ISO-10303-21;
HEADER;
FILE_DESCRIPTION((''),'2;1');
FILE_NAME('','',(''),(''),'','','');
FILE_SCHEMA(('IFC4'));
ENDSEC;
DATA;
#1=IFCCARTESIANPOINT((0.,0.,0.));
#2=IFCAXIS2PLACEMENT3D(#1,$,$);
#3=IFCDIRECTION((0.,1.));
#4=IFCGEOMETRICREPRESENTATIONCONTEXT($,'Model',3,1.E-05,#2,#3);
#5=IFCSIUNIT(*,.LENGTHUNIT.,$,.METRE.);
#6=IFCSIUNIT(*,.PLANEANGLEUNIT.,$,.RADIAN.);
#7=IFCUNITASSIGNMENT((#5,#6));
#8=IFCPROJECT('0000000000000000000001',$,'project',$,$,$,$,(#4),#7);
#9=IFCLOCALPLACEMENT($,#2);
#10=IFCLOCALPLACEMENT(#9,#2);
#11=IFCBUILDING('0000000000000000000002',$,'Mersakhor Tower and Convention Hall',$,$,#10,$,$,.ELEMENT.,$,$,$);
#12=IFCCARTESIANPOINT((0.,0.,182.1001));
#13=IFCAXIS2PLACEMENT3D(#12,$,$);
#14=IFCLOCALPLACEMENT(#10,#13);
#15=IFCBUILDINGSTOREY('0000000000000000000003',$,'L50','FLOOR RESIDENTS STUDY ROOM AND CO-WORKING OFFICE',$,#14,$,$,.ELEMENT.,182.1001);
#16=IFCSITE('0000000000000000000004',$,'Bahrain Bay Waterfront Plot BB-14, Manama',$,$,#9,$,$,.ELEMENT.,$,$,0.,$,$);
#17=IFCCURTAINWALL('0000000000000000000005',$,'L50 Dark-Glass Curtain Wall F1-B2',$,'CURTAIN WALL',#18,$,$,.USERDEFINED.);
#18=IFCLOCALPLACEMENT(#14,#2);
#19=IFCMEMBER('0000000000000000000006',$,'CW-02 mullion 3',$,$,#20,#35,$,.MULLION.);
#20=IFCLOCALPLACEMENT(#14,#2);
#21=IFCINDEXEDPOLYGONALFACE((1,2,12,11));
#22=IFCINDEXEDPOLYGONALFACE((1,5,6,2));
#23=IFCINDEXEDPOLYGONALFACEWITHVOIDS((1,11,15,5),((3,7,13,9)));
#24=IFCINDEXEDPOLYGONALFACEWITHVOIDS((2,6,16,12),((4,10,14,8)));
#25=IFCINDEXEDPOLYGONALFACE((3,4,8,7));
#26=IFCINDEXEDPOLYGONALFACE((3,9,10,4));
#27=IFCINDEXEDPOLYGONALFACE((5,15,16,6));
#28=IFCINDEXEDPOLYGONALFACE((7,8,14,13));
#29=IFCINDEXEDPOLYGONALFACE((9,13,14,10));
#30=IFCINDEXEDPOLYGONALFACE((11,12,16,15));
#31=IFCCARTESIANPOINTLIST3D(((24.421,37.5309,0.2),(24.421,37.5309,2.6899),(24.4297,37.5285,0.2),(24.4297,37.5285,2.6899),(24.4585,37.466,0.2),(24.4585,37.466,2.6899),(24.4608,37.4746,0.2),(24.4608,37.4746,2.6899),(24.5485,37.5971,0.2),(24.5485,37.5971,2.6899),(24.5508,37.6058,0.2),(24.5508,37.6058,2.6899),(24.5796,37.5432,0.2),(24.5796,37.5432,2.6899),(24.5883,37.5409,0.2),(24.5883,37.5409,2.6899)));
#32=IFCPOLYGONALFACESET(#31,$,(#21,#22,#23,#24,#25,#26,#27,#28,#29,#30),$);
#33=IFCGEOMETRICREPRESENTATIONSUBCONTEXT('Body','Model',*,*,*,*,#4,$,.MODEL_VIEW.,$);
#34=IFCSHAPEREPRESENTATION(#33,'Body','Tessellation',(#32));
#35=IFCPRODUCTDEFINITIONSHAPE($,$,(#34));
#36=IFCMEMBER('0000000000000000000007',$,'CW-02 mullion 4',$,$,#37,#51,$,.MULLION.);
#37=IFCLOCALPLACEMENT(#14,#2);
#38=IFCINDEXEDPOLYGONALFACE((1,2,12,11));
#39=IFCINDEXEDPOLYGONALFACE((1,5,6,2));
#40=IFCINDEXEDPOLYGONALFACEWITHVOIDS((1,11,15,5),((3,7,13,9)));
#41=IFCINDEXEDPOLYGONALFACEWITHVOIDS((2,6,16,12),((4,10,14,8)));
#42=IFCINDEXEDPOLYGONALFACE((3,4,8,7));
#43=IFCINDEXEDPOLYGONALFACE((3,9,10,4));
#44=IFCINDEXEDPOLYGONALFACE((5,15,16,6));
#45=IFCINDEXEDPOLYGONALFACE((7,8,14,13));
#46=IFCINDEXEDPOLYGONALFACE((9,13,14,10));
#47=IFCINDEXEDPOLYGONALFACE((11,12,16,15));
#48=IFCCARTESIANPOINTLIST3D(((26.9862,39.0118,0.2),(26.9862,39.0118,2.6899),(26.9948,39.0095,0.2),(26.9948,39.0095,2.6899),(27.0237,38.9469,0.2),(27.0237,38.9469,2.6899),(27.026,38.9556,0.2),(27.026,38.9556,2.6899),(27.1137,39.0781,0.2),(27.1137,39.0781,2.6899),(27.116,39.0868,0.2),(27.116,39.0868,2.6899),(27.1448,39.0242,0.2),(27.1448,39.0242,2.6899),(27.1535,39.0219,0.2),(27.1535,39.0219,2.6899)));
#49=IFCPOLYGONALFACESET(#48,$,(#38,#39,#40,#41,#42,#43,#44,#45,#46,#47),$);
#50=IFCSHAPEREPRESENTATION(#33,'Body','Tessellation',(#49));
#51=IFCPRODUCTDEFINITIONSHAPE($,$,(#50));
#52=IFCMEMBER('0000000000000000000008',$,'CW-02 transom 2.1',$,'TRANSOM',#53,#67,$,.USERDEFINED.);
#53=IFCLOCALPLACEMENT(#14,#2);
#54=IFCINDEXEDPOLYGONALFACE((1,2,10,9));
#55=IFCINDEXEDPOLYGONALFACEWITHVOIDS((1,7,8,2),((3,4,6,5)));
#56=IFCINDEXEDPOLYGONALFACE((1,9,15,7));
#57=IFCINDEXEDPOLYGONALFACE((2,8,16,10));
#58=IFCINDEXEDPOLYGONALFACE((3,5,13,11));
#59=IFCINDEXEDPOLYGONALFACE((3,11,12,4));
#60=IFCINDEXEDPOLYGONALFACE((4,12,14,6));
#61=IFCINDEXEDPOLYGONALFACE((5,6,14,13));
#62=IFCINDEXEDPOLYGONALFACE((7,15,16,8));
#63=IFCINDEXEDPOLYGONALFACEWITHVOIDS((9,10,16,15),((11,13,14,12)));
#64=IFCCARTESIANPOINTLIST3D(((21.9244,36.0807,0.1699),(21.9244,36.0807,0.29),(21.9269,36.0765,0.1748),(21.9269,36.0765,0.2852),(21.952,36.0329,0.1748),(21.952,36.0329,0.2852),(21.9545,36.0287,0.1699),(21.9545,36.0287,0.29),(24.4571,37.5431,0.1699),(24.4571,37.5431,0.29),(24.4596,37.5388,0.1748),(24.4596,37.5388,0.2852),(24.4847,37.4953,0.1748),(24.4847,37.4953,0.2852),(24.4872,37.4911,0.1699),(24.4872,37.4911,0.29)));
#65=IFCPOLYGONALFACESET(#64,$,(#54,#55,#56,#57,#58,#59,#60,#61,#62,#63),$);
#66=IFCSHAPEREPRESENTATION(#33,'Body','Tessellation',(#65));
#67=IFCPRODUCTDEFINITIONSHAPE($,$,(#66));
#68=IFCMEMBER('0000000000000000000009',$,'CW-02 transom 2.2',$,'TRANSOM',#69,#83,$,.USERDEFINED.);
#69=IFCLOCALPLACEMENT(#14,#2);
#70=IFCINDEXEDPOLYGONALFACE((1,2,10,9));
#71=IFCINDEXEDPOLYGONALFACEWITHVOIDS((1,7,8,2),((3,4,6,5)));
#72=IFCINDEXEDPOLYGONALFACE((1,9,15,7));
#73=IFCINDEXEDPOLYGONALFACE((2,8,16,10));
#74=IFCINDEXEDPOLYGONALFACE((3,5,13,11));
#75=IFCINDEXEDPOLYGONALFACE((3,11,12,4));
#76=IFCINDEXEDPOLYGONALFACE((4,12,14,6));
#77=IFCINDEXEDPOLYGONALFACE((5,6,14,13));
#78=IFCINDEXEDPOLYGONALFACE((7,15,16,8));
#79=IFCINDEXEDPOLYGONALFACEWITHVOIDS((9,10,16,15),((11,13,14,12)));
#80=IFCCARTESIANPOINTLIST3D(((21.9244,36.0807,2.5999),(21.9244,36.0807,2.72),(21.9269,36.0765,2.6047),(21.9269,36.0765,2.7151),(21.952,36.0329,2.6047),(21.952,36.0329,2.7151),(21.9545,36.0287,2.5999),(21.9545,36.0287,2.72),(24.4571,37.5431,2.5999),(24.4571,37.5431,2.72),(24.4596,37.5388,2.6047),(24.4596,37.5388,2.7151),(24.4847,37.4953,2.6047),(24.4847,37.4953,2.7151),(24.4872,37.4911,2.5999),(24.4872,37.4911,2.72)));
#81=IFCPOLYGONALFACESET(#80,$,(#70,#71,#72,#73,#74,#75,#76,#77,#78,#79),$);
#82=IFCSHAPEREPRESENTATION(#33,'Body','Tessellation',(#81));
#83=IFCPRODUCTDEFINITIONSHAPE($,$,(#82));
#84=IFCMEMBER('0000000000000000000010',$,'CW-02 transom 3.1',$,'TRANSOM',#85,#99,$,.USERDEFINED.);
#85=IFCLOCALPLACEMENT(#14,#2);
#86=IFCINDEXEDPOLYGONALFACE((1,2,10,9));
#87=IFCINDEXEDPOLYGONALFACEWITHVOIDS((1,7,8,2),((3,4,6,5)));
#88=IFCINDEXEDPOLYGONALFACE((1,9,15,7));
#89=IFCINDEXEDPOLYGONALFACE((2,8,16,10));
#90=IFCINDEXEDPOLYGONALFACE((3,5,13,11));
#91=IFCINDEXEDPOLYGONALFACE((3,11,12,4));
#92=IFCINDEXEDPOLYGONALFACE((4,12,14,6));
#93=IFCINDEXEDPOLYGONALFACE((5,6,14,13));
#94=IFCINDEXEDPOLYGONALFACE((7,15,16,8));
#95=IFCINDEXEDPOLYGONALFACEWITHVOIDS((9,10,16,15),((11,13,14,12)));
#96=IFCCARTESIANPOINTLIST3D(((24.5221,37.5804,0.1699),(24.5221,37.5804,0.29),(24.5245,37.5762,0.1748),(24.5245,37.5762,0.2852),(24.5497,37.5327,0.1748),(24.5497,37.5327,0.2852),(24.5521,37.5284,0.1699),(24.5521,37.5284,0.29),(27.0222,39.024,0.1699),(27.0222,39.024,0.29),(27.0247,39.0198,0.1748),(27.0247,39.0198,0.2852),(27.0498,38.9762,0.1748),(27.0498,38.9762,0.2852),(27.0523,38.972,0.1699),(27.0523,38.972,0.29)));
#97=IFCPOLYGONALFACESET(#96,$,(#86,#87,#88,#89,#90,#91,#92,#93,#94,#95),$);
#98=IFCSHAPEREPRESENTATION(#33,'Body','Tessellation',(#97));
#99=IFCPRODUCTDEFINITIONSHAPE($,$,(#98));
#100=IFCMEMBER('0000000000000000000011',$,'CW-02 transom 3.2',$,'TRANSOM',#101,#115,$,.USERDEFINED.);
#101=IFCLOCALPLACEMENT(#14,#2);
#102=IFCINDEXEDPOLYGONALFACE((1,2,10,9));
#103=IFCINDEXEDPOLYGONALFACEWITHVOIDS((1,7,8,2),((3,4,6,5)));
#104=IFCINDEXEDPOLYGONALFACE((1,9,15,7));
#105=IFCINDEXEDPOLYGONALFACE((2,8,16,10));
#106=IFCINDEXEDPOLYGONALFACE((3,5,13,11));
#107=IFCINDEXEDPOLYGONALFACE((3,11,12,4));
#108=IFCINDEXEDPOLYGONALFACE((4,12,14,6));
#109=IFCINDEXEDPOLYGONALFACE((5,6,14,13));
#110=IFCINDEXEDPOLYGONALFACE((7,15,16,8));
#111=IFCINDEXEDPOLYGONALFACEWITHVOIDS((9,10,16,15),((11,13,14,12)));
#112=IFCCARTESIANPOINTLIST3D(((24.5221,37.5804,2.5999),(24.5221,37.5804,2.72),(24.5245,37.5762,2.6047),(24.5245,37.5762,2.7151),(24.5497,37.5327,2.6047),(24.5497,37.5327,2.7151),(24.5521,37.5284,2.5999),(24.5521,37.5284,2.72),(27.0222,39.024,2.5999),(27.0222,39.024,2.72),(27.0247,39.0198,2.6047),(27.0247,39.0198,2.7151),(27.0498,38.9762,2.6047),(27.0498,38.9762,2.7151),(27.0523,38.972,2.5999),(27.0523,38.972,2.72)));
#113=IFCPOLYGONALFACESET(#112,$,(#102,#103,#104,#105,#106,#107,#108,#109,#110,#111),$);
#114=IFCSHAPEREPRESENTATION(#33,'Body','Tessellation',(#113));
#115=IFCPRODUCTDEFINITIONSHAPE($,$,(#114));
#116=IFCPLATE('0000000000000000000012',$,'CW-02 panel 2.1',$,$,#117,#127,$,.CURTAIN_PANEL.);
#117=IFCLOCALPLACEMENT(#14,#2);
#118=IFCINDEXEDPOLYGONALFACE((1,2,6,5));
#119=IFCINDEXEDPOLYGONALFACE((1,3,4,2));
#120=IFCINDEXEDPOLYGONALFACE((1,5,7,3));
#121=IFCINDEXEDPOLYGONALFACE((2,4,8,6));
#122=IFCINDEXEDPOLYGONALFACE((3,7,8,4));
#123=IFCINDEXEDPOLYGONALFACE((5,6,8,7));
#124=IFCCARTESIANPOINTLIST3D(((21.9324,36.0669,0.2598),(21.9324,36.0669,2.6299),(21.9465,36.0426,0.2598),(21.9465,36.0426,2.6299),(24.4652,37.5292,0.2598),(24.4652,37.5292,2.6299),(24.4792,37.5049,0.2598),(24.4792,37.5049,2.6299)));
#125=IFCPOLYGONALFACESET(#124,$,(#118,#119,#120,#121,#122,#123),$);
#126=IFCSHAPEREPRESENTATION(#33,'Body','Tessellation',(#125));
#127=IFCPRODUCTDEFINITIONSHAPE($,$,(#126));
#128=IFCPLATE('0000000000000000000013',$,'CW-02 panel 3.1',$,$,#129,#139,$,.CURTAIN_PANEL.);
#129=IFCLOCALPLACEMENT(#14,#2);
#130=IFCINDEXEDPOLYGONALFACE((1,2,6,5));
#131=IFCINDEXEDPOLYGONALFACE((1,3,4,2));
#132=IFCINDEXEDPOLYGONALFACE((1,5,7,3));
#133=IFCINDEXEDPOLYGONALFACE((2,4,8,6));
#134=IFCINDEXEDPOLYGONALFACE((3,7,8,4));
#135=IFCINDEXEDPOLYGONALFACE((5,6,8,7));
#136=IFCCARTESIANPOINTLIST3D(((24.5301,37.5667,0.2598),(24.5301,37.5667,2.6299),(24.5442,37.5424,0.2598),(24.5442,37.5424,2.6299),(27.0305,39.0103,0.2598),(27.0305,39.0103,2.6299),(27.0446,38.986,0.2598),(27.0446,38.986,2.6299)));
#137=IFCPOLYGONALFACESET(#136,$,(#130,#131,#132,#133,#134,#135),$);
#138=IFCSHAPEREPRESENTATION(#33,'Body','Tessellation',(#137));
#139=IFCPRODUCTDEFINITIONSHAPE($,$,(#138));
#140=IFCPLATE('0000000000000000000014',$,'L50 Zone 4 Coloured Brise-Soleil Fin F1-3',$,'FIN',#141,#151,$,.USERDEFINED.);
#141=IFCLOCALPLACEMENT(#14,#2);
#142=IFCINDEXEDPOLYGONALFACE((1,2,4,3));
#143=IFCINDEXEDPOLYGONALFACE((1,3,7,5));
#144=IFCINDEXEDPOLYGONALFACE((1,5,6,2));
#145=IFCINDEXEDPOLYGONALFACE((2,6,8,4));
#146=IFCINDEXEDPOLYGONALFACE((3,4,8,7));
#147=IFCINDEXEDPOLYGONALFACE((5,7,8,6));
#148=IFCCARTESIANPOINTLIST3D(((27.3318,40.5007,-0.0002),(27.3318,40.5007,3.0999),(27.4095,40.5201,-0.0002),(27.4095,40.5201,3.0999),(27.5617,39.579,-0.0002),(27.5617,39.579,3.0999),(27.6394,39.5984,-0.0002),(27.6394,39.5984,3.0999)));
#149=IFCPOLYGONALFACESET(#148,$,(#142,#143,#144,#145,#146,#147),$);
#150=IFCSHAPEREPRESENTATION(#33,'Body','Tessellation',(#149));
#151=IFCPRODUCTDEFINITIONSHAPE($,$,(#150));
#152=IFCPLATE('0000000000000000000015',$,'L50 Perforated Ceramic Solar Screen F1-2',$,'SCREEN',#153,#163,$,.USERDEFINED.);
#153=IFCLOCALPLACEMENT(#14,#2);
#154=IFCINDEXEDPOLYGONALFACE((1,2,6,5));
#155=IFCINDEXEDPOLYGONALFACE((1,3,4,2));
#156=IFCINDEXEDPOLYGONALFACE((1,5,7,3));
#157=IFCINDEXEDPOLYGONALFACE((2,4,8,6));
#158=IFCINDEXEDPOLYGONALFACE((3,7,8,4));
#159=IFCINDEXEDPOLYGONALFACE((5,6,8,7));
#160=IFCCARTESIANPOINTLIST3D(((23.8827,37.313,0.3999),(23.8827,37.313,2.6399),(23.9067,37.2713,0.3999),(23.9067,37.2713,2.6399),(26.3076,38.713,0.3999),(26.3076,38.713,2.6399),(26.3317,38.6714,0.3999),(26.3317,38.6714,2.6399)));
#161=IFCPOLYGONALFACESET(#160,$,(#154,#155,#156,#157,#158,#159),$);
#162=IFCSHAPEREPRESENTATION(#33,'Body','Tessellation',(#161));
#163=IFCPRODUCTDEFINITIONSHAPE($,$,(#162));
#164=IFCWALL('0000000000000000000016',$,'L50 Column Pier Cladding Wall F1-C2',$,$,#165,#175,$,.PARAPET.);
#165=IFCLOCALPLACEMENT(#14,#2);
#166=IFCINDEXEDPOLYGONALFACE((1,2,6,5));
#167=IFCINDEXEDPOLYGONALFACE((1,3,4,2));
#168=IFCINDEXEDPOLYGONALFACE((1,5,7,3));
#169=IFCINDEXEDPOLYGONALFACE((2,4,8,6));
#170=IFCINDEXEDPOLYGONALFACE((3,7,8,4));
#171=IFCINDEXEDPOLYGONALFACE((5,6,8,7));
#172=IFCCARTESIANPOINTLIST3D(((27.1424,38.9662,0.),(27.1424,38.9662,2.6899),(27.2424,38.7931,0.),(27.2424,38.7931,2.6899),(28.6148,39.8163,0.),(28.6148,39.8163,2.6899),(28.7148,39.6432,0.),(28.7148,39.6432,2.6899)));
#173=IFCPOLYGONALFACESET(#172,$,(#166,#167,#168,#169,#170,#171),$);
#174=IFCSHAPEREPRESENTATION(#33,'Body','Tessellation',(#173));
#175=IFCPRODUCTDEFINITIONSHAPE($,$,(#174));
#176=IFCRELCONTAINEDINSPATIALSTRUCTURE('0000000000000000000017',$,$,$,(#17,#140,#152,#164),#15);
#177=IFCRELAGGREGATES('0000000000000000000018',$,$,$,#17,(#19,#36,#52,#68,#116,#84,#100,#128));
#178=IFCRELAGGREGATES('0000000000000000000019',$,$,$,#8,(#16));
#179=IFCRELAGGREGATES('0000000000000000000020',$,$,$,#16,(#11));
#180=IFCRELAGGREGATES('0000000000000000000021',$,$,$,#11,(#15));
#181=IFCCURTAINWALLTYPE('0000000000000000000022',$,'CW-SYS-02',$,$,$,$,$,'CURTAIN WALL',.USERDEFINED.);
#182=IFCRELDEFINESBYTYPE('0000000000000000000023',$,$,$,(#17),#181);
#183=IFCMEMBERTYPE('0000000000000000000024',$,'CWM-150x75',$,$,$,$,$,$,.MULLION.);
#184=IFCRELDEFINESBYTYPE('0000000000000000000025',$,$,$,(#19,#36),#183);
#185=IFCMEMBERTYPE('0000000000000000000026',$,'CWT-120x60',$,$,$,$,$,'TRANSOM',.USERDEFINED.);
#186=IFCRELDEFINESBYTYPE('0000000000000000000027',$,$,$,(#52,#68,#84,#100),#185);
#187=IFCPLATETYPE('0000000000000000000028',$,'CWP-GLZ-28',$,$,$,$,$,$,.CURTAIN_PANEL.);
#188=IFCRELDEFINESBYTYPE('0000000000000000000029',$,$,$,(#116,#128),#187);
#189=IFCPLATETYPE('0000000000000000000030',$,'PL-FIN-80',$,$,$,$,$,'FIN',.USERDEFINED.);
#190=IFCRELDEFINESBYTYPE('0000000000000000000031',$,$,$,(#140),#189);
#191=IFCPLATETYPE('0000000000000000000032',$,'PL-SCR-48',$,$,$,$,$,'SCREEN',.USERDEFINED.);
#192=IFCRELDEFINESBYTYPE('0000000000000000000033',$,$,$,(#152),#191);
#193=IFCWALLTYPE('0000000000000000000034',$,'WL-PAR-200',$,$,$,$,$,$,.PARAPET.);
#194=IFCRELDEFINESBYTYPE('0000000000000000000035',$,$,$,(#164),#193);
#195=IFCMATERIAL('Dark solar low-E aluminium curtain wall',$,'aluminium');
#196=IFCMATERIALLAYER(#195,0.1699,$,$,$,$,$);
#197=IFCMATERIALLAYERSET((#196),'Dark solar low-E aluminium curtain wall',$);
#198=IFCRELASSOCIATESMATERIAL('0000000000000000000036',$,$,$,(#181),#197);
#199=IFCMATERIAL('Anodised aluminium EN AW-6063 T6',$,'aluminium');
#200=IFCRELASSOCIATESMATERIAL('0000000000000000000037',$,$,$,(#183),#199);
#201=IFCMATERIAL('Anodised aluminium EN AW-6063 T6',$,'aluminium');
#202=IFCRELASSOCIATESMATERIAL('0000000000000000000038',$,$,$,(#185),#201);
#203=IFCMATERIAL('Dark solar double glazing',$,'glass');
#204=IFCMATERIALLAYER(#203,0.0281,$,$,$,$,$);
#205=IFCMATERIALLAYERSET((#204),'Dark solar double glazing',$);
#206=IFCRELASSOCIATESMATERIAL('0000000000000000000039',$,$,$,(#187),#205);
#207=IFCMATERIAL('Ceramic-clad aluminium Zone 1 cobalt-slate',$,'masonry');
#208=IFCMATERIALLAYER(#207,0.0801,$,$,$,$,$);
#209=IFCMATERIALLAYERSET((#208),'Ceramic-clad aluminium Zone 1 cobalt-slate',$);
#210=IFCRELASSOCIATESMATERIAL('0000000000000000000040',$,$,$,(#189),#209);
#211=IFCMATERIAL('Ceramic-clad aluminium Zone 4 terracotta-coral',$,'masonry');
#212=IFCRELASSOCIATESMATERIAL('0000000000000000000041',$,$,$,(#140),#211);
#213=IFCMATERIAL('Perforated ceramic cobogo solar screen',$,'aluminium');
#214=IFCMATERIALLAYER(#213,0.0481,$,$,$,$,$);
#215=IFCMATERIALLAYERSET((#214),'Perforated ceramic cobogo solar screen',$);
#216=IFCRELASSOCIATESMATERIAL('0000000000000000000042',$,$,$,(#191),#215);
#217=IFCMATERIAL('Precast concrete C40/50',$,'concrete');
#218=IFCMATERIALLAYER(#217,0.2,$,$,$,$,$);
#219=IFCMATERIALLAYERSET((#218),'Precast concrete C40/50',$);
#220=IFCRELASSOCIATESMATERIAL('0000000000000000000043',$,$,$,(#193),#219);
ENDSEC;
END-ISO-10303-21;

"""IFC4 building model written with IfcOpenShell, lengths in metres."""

from ifc_helpers import new_model, si_unit, direction, frame, frame_2d, origin, origin_2d, place, context, subcontext, project, spatial, rectangle, hollow_rectangle, extrude, material, layer, layer_set, material_profile, profile_set, type_object, element, aggregate, save


model = new_model("IFC4")

# Units and contexts
model_context = context("Model", 3, precision=1e-05, world=origin(), true_north=direction((0.0, 1.0)))
body_context = subcontext(model_context, "Body", "Model", "MODEL_VIEW")
ifc_project = project(units=[si_unit("LENGTHUNIT", "METRE"), si_unit("PLANEANGLEUNIT", "RADIAN")], contexts=[model_context])

# Site, building, storey
site_placement = place(None, origin())
site = spatial("IfcSite", under=ifc_project, at=site_placement, Name="Bahrain Bay Waterfront Plot BB-14, Manama", CompositionType="ELEMENT", RefElevation=0.0)
building_placement = place(site_placement, origin())
building = spatial("IfcBuilding", under=site, at=building_placement, Name="Mersakhor Tower and Convention Hall", CompositionType="ELEMENT")
storey_placement = place(building_placement, frame((0.0, 0.0, 182.1001)))
storey = spatial("IfcBuildingStorey", under=building, at=storey_placement, Name="L50", Description="FLOOR RESIDENTS STUDY ROOM AND CO-WORKING OFFICE", CompositionType="ELEMENT", Elevation=182.1001)

# Curtain wall, members, plates
ifc_material_1 = material(Name="Dark solar low-E aluminium curtain wall", Category="aluminium")
ifc_layer_1 = layer(ifc_material_1, 0.1699)
ifc_layer_set_1 = layer_set([ifc_layer_1], Name="Dark solar low-E aluminium curtain wall")
curtain_wall_type = type_object("IfcCurtainWallType", Name="CW-SYS-02", ElementType="CURTAIN WALL", PredefinedType="USERDEFINED", material=ifc_layer_set_1)
curtain_wall_placement = place(storey_placement, origin())
curtain_wall = element("IfcCurtainWall", 1, at=curtain_wall_placement, inside=storey, type_object=curtain_wall_type, Name="L50 Dark-Glass Curtain Wall F1-B2", ObjectType="CURTAIN WALL", PredefinedType="USERDEFINED")
ifc_material_2 = material(Name="Anodised aluminium EN AW-6063 T6", Category="aluminium")
ifc_material_profile_1 = material_profile(ifc_material_2, hollow_rectangle(XDim=0.075, YDim=0.1499, WallThickness=0.0063, at=origin_2d()), Name="RHS 150x75x6.3")
ifc_profile_set_1 = profile_set([ifc_material_profile_1], Name="Anodised aluminium EN AW-6063 T6")
member_type_1 = type_object("IfcMemberType", Name="CWM-150x75", PredefinedType="MULLION", material=ifc_profile_set_1)
member_1_placement = place(storey_placement, frame((24.5046, 37.5359, 0.2), z_axis=(0.0, 0.0, 1.0), x_axis=(-0.500008, 0.866021, 0.0)))
member_1 = element("IfcMember", 2, at=member_1_placement, type_object=member_type_1, Name="CW-02 mullion 3", PredefinedType="MULLION", context=body_context, shape_type="SweptSolid", body=[
    extrude(hollow_rectangle(XDim=0.075, YDim=0.1499, WallThickness=0.0063, at=origin_2d()), origin(), (0.0, 0.0, 1.0), 2.49),
])
member_2_placement = place(storey_placement, frame((27.0698, 39.0168, 0.2), z_axis=(0.0, 0.0, 1.0), x_axis=(-0.500008, 0.866021, 0.0)))
member_2 = element("IfcMember", 3, at=member_2_placement, type_object=member_type_1, Name="CW-02 mullion 4", PredefinedType="MULLION", context=body_context, shape_type="SweptSolid", body=[
    extrude(hollow_rectangle(XDim=0.075, YDim=0.1499, WallThickness=0.0063, at=origin_2d()), origin(), (0.0, 0.0, 1.0), 2.49),
])
ifc_material_3 = material(Name="Anodised aluminium EN AW-6063 T6", Category="aluminium")
ifc_material_profile_2 = material_profile(ifc_material_3, hollow_rectangle(XDim=0.0601, YDim=0.1201, WallThickness=0.0049, at=origin_2d()), Name="RHS 120x60x5")
ifc_profile_set_2 = profile_set([ifc_material_profile_2], Name="Anodised aluminium EN AW-6063 T6")
member_type_2 = type_object("IfcMemberType", Name="CWT-120x60", ElementType="TRANSOM", PredefinedType="USERDEFINED", material=ifc_profile_set_2)
member_3_placement = place(storey_placement, frame((21.9395, 36.0547, 0.23), z_axis=(0.866005, 0.500036, 0.0), x_axis=(-0.500036, 0.866005, 0.0)))
member_3 = element("IfcMember", 4, at=member_3_placement, type_object=member_type_2, Name="CW-02 transom 2.1", ObjectType="TRANSOM", PredefinedType="USERDEFINED", context=body_context, shape_type="SweptSolid", body=[
    extrude(hollow_rectangle(XDim=0.0601, YDim=0.1201, WallThickness=0.0049, at=origin_2d()), origin(), (0.0, 0.0, 1.0), 2.9246),
])
member_4_placement = place(storey_placement, frame((21.9395, 36.0547, 2.6599), z_axis=(0.866005, 0.500036, 0.0), x_axis=(-0.500036, 0.866005, 0.0)))
member_4 = element("IfcMember", 5, at=member_4_placement, type_object=member_type_2, Name="CW-02 transom 2.2", ObjectType="TRANSOM", PredefinedType="USERDEFINED", context=body_context, shape_type="SweptSolid", body=[
    extrude(hollow_rectangle(XDim=0.0601, YDim=0.1201, WallThickness=0.0049, at=origin_2d()), origin(), (0.0, 0.0, 1.0), 2.9246),
])
member_5_placement = place(storey_placement, frame((24.5371, 37.5544, 0.23), z_axis=(0.866012, 0.500023, 0.0), x_axis=(-0.500023, 0.866012, 0.0)))
member_5 = element("IfcMember", 6, at=member_5_placement, type_object=member_type_2, Name="CW-02 transom 3.1", ObjectType="TRANSOM", PredefinedType="USERDEFINED", context=body_context, shape_type="SweptSolid", body=[
    extrude(hollow_rectangle(XDim=0.0601, YDim=0.1201, WallThickness=0.0049, at=origin_2d()), origin(), (0.0, 0.0, 1.0), 2.887),
])
member_6_placement = place(storey_placement, frame((24.5371, 37.5544, 2.6599), z_axis=(0.866012, 0.500023, 0.0), x_axis=(-0.500023, 0.866012, 0.0)))
member_6 = element("IfcMember", 7, at=member_6_placement, type_object=member_type_2, Name="CW-02 transom 3.2", ObjectType="TRANSOM", PredefinedType="USERDEFINED", context=body_context, shape_type="SweptSolid", body=[
    extrude(hollow_rectangle(XDim=0.0601, YDim=0.1201, WallThickness=0.0049, at=origin_2d()), origin(), (0.0, 0.0, 1.0), 2.887),
])
ifc_material_4 = material(Name="Dark solar double glazing", Category="glass")
ifc_layer_2 = layer(ifc_material_4, 0.0281)
ifc_layer_set_2 = layer_set([ifc_layer_2], Name="Dark solar double glazing")
plate_type_1 = type_object("IfcPlateType", Name="CWP-GLZ-28", PredefinedType="CURTAIN_PANEL", material=ifc_layer_set_2)
plate_1_placement = place(storey_placement, frame((23.2058, 36.7859, 0.2598), z_axis=(0.0, 0.0, 1.0), x_axis=(0.866021, 0.500008, 0.0)))
plate_1 = element("IfcPlate", 8, at=plate_1_placement, type_object=plate_type_1, Name="CW-02 panel 2.1", PredefinedType="CURTAIN_PANEL", context=body_context, shape_type="SweptSolid", body=[
    extrude(rectangle(XDim=2.9246, YDim=0.0281, at=origin_2d()), origin(), (0.0, 0.0, 1.0), 2.3701),
])
plate_2_placement = place(storey_placement, frame((25.7874, 38.2764, 0.2598), z_axis=(0.0, 0.0, 1.0), x_axis=(0.866021, 0.500008, 0.0)))
plate_2 = element("IfcPlate", 9, at=plate_2_placement, type_object=plate_type_1, Name="CW-02 panel 3.1", PredefinedType="CURTAIN_PANEL", context=body_context, shape_type="SweptSolid", body=[
    extrude(rectangle(XDim=2.8872, YDim=0.0281, at=origin_2d()), origin(), (0.0, 0.0, 1.0), 2.3701),
])
aggregate(curtain_wall, [member_1, member_2, member_3, member_4, plate_1, member_5, member_6, plate_2])

# Plates
ifc_material_5 = material(Name="Ceramic-clad aluminium Zone 4 terracotta-coral", Category="masonry")
ifc_material_6 = material(Name="Ceramic-clad aluminium Zone 1 cobalt-slate", Category="masonry")
ifc_layer_3 = layer(ifc_material_6, 0.0801)
ifc_layer_set_3 = layer_set([ifc_layer_3], Name="Ceramic-clad aluminium Zone 1 cobalt-slate")
plate_type_2 = type_object("IfcPlateType", Name="PL-FIN-80", ElementType="FIN", PredefinedType="USERDEFINED", material=ifc_layer_set_3)
plate_3_placement = place(storey_placement, frame((27.4856, 40.0496, -0.0002), z_axis=(0.0, 0.0, 1.0), x_axis=(-0.241922, 0.970296, 0.0)))
element("IfcPlate", 10, at=plate_3_placement, inside=storey, type_object=plate_type_2, material=ifc_material_5, Name="L50 Zone 4 Coloured Brise-Soleil Fin F1-3", ObjectType="FIN", PredefinedType="USERDEFINED", context=body_context, shape_type="SweptSolid", body=[
    extrude(rectangle(XDim=0.95, YDim=0.0801, at=origin_2d()), origin(), (0.0, 0.0, 1.0), 3.1001),
])
ifc_material_7 = material(Name="Perforated ceramic cobogo solar screen", Category="aluminium")
ifc_layer_4 = layer(ifc_material_7, 0.0481)
ifc_layer_set_4 = layer_set([ifc_layer_4], Name="Perforated ceramic cobogo solar screen")
plate_type_3 = type_object("IfcPlateType", Name="PL-SCR-48", ElementType="SCREEN", PredefinedType="USERDEFINED", material=ifc_layer_set_4)
plate_4_placement = place(storey_placement, frame((25.1072, 37.9922, 0.3999), z_axis=(0.0, 0.0, 1.0), x_axis=(0.866025, 0.5, 0.0)))
element("IfcPlate", 11, at=plate_4_placement, inside=storey, type_object=plate_type_3, Name="L50 Perforated Ceramic Solar Screen F1-2", ObjectType="SCREEN", PredefinedType="USERDEFINED", context=body_context, shape_type="SweptSolid", body=[
    extrude(rectangle(XDim=2.8, YDim=0.0481, at=origin_2d()), origin(), (0.0, 0.0, 1.0), 2.24),
])

# Wall
ifc_material_8 = material(Name="Precast concrete C40/50", Category="concrete")
ifc_layer_5 = layer(ifc_material_8, 0.2)
ifc_layer_set_5 = layer_set([ifc_layer_5], Name="Precast concrete C40/50")
wall_type_1 = type_object("IfcWallType", Name="WL-PAR-200", PredefinedType="PARAPET", material=ifc_layer_set_5)
wall_1_placement = place(storey_placement, frame((27.1924, 38.8796, 0.0), z_axis=(0.0, 0.0, 1.0), x_axis=(0.866025, 0.5, 0.0)))
element("IfcWall", 12, at=wall_1_placement, inside=storey, type_object=wall_type_1, Name="L50 Column Pier Cladding Wall F1-C2", PredefinedType="PARAPET", context=body_context, shape_type="SweptSolid", body=[
    extrude(rectangle(XDim=1.7002, YDim=0.2, at=frame_2d((0.8501, 0.0))), origin(), (0.0, 0.0, 1.0), 2.6899),
])

save(model, "model.ifc")
